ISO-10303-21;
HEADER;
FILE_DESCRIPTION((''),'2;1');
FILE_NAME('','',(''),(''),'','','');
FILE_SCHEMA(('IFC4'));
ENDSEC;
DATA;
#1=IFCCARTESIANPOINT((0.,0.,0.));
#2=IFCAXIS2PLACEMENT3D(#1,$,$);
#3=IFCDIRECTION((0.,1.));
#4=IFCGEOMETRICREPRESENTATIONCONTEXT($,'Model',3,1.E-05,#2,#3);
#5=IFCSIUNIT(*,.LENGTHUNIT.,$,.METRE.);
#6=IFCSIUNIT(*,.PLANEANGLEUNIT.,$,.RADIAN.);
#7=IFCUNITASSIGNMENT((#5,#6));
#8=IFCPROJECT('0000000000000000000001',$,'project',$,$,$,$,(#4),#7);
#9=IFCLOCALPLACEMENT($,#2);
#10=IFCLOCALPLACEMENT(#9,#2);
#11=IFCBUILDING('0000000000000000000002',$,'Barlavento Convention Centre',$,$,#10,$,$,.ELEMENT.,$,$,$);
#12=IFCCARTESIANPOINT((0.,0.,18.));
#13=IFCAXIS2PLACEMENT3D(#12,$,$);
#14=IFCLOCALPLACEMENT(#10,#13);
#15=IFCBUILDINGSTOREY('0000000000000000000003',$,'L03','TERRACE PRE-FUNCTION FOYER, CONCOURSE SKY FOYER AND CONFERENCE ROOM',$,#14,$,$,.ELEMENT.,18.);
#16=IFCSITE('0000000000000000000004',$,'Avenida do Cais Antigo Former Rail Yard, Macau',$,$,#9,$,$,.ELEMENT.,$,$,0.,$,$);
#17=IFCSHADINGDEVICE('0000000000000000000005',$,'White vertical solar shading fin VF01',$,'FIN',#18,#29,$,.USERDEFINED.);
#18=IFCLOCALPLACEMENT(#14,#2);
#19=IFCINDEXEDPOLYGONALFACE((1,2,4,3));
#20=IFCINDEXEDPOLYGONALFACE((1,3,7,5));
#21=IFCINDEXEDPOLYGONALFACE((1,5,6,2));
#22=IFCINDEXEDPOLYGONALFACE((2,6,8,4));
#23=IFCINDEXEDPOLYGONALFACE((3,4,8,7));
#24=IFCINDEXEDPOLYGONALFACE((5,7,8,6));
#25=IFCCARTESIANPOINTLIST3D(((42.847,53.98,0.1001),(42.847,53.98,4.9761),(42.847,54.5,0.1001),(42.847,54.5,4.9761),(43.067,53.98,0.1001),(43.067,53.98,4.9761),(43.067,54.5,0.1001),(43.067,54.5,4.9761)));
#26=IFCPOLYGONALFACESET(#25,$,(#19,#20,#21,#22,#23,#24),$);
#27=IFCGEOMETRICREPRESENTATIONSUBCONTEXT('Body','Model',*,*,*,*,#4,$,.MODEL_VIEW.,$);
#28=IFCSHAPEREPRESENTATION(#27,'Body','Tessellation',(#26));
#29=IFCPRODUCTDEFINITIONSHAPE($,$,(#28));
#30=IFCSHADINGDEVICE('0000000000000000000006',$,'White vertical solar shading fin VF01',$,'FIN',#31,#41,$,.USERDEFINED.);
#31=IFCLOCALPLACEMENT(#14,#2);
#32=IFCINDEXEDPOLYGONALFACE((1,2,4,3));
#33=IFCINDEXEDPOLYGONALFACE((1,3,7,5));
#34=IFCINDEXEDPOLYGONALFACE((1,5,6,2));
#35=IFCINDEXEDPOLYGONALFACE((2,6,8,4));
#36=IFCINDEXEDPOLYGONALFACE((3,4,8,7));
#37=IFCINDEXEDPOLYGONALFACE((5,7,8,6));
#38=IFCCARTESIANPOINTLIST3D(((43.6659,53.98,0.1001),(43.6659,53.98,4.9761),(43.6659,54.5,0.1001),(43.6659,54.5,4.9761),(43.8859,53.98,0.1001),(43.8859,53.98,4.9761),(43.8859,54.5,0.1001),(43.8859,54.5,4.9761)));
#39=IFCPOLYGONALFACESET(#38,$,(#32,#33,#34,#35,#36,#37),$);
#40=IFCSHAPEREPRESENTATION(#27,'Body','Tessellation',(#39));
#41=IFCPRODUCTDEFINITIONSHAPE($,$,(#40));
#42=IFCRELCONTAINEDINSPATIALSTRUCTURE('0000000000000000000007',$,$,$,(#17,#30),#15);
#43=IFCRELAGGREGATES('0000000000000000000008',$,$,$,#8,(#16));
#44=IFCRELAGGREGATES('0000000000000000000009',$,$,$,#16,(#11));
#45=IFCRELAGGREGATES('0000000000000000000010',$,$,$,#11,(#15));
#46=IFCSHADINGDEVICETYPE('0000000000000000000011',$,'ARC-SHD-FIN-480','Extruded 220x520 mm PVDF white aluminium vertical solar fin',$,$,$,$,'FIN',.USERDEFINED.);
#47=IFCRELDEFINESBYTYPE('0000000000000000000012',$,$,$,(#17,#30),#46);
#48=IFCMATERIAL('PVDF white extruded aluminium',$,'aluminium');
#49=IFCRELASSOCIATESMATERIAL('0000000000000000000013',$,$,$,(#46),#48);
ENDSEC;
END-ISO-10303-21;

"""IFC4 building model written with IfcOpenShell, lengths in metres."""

from ifc_helpers import new_model, si_unit, direction, frame, origin, origin_2d, place, context, subcontext, project, spatial, rectangle, extrude, material, type_object, element, save


model = new_model("IFC4")

# Units and contexts
model_context = context("Model", 3, precision=1e-05, world=origin(), true_north=direction((0.0, 1.0)))
body_context = subcontext(model_context, "Body", "Model", "MODEL_VIEW")
ifc_project = project(units=[si_unit("LENGTHUNIT", "METRE"), si_unit("PLANEANGLEUNIT", "RADIAN")], contexts=[model_context])

# Site, building, storey
site_placement = place(None, origin())
site = spatial("IfcSite", under=ifc_project, at=site_placement, Name="Avenida do Cais Antigo Former Rail Yard, Macau", CompositionType="ELEMENT", RefElevation=0.0)
building_placement = place(site_placement, origin())
building = spatial("IfcBuilding", under=site, at=building_placement, Name="Barlavento Convention Centre", CompositionType="ELEMENT")
storey_placement = place(building_placement, frame((0.0, 0.0, 18.0)))
storey = spatial("IfcBuildingStorey", under=building, at=storey_placement, Name="L03", Description="TERRACE PRE-FUNCTION FOYER, CONCOURSE SKY FOYER AND CONFERENCE ROOM", CompositionType="ELEMENT", Elevation=18.0)

# Shading devices
ifc_material_1 = material(Name="PVDF white extruded aluminium", Category="aluminium")
shading_device_type = type_object("IfcShadingDeviceType", Name="ARC-SHD-FIN-480", Description="Extruded 220x520 mm PVDF white aluminium vertical solar fin", ElementType="FIN", PredefinedType="USERDEFINED", material=ifc_material_1)
for number, where, z_axis, x_axis, name in (
    (1, (42.957, 54.24, 0.1001), (0.0, 0.0, 1.0), (1.0, 0.0, 0.0), "White vertical solar shading fin VF01"),
    (2, (43.7759, 54.24, 0.1001), (0.0, 0.0, 1.0), (1.0, 0.0, 0.0), "White vertical solar shading fin VF01"),
):
    element("IfcShadingDevice", number, at=place(storey_placement, frame(where, z_axis=z_axis, x_axis=x_axis)), inside=storey, type_object=shading_device_type, Name=name, ObjectType="FIN", PredefinedType="USERDEFINED", context=body_context, shape_type="SweptSolid", body=[
        extrude(rectangle(XDim=0.22, YDim=0.52, at=origin_2d()), origin(), (0.0, 0.0, 1.0), 4.876),
    ])

save(model, "model.ifc")
